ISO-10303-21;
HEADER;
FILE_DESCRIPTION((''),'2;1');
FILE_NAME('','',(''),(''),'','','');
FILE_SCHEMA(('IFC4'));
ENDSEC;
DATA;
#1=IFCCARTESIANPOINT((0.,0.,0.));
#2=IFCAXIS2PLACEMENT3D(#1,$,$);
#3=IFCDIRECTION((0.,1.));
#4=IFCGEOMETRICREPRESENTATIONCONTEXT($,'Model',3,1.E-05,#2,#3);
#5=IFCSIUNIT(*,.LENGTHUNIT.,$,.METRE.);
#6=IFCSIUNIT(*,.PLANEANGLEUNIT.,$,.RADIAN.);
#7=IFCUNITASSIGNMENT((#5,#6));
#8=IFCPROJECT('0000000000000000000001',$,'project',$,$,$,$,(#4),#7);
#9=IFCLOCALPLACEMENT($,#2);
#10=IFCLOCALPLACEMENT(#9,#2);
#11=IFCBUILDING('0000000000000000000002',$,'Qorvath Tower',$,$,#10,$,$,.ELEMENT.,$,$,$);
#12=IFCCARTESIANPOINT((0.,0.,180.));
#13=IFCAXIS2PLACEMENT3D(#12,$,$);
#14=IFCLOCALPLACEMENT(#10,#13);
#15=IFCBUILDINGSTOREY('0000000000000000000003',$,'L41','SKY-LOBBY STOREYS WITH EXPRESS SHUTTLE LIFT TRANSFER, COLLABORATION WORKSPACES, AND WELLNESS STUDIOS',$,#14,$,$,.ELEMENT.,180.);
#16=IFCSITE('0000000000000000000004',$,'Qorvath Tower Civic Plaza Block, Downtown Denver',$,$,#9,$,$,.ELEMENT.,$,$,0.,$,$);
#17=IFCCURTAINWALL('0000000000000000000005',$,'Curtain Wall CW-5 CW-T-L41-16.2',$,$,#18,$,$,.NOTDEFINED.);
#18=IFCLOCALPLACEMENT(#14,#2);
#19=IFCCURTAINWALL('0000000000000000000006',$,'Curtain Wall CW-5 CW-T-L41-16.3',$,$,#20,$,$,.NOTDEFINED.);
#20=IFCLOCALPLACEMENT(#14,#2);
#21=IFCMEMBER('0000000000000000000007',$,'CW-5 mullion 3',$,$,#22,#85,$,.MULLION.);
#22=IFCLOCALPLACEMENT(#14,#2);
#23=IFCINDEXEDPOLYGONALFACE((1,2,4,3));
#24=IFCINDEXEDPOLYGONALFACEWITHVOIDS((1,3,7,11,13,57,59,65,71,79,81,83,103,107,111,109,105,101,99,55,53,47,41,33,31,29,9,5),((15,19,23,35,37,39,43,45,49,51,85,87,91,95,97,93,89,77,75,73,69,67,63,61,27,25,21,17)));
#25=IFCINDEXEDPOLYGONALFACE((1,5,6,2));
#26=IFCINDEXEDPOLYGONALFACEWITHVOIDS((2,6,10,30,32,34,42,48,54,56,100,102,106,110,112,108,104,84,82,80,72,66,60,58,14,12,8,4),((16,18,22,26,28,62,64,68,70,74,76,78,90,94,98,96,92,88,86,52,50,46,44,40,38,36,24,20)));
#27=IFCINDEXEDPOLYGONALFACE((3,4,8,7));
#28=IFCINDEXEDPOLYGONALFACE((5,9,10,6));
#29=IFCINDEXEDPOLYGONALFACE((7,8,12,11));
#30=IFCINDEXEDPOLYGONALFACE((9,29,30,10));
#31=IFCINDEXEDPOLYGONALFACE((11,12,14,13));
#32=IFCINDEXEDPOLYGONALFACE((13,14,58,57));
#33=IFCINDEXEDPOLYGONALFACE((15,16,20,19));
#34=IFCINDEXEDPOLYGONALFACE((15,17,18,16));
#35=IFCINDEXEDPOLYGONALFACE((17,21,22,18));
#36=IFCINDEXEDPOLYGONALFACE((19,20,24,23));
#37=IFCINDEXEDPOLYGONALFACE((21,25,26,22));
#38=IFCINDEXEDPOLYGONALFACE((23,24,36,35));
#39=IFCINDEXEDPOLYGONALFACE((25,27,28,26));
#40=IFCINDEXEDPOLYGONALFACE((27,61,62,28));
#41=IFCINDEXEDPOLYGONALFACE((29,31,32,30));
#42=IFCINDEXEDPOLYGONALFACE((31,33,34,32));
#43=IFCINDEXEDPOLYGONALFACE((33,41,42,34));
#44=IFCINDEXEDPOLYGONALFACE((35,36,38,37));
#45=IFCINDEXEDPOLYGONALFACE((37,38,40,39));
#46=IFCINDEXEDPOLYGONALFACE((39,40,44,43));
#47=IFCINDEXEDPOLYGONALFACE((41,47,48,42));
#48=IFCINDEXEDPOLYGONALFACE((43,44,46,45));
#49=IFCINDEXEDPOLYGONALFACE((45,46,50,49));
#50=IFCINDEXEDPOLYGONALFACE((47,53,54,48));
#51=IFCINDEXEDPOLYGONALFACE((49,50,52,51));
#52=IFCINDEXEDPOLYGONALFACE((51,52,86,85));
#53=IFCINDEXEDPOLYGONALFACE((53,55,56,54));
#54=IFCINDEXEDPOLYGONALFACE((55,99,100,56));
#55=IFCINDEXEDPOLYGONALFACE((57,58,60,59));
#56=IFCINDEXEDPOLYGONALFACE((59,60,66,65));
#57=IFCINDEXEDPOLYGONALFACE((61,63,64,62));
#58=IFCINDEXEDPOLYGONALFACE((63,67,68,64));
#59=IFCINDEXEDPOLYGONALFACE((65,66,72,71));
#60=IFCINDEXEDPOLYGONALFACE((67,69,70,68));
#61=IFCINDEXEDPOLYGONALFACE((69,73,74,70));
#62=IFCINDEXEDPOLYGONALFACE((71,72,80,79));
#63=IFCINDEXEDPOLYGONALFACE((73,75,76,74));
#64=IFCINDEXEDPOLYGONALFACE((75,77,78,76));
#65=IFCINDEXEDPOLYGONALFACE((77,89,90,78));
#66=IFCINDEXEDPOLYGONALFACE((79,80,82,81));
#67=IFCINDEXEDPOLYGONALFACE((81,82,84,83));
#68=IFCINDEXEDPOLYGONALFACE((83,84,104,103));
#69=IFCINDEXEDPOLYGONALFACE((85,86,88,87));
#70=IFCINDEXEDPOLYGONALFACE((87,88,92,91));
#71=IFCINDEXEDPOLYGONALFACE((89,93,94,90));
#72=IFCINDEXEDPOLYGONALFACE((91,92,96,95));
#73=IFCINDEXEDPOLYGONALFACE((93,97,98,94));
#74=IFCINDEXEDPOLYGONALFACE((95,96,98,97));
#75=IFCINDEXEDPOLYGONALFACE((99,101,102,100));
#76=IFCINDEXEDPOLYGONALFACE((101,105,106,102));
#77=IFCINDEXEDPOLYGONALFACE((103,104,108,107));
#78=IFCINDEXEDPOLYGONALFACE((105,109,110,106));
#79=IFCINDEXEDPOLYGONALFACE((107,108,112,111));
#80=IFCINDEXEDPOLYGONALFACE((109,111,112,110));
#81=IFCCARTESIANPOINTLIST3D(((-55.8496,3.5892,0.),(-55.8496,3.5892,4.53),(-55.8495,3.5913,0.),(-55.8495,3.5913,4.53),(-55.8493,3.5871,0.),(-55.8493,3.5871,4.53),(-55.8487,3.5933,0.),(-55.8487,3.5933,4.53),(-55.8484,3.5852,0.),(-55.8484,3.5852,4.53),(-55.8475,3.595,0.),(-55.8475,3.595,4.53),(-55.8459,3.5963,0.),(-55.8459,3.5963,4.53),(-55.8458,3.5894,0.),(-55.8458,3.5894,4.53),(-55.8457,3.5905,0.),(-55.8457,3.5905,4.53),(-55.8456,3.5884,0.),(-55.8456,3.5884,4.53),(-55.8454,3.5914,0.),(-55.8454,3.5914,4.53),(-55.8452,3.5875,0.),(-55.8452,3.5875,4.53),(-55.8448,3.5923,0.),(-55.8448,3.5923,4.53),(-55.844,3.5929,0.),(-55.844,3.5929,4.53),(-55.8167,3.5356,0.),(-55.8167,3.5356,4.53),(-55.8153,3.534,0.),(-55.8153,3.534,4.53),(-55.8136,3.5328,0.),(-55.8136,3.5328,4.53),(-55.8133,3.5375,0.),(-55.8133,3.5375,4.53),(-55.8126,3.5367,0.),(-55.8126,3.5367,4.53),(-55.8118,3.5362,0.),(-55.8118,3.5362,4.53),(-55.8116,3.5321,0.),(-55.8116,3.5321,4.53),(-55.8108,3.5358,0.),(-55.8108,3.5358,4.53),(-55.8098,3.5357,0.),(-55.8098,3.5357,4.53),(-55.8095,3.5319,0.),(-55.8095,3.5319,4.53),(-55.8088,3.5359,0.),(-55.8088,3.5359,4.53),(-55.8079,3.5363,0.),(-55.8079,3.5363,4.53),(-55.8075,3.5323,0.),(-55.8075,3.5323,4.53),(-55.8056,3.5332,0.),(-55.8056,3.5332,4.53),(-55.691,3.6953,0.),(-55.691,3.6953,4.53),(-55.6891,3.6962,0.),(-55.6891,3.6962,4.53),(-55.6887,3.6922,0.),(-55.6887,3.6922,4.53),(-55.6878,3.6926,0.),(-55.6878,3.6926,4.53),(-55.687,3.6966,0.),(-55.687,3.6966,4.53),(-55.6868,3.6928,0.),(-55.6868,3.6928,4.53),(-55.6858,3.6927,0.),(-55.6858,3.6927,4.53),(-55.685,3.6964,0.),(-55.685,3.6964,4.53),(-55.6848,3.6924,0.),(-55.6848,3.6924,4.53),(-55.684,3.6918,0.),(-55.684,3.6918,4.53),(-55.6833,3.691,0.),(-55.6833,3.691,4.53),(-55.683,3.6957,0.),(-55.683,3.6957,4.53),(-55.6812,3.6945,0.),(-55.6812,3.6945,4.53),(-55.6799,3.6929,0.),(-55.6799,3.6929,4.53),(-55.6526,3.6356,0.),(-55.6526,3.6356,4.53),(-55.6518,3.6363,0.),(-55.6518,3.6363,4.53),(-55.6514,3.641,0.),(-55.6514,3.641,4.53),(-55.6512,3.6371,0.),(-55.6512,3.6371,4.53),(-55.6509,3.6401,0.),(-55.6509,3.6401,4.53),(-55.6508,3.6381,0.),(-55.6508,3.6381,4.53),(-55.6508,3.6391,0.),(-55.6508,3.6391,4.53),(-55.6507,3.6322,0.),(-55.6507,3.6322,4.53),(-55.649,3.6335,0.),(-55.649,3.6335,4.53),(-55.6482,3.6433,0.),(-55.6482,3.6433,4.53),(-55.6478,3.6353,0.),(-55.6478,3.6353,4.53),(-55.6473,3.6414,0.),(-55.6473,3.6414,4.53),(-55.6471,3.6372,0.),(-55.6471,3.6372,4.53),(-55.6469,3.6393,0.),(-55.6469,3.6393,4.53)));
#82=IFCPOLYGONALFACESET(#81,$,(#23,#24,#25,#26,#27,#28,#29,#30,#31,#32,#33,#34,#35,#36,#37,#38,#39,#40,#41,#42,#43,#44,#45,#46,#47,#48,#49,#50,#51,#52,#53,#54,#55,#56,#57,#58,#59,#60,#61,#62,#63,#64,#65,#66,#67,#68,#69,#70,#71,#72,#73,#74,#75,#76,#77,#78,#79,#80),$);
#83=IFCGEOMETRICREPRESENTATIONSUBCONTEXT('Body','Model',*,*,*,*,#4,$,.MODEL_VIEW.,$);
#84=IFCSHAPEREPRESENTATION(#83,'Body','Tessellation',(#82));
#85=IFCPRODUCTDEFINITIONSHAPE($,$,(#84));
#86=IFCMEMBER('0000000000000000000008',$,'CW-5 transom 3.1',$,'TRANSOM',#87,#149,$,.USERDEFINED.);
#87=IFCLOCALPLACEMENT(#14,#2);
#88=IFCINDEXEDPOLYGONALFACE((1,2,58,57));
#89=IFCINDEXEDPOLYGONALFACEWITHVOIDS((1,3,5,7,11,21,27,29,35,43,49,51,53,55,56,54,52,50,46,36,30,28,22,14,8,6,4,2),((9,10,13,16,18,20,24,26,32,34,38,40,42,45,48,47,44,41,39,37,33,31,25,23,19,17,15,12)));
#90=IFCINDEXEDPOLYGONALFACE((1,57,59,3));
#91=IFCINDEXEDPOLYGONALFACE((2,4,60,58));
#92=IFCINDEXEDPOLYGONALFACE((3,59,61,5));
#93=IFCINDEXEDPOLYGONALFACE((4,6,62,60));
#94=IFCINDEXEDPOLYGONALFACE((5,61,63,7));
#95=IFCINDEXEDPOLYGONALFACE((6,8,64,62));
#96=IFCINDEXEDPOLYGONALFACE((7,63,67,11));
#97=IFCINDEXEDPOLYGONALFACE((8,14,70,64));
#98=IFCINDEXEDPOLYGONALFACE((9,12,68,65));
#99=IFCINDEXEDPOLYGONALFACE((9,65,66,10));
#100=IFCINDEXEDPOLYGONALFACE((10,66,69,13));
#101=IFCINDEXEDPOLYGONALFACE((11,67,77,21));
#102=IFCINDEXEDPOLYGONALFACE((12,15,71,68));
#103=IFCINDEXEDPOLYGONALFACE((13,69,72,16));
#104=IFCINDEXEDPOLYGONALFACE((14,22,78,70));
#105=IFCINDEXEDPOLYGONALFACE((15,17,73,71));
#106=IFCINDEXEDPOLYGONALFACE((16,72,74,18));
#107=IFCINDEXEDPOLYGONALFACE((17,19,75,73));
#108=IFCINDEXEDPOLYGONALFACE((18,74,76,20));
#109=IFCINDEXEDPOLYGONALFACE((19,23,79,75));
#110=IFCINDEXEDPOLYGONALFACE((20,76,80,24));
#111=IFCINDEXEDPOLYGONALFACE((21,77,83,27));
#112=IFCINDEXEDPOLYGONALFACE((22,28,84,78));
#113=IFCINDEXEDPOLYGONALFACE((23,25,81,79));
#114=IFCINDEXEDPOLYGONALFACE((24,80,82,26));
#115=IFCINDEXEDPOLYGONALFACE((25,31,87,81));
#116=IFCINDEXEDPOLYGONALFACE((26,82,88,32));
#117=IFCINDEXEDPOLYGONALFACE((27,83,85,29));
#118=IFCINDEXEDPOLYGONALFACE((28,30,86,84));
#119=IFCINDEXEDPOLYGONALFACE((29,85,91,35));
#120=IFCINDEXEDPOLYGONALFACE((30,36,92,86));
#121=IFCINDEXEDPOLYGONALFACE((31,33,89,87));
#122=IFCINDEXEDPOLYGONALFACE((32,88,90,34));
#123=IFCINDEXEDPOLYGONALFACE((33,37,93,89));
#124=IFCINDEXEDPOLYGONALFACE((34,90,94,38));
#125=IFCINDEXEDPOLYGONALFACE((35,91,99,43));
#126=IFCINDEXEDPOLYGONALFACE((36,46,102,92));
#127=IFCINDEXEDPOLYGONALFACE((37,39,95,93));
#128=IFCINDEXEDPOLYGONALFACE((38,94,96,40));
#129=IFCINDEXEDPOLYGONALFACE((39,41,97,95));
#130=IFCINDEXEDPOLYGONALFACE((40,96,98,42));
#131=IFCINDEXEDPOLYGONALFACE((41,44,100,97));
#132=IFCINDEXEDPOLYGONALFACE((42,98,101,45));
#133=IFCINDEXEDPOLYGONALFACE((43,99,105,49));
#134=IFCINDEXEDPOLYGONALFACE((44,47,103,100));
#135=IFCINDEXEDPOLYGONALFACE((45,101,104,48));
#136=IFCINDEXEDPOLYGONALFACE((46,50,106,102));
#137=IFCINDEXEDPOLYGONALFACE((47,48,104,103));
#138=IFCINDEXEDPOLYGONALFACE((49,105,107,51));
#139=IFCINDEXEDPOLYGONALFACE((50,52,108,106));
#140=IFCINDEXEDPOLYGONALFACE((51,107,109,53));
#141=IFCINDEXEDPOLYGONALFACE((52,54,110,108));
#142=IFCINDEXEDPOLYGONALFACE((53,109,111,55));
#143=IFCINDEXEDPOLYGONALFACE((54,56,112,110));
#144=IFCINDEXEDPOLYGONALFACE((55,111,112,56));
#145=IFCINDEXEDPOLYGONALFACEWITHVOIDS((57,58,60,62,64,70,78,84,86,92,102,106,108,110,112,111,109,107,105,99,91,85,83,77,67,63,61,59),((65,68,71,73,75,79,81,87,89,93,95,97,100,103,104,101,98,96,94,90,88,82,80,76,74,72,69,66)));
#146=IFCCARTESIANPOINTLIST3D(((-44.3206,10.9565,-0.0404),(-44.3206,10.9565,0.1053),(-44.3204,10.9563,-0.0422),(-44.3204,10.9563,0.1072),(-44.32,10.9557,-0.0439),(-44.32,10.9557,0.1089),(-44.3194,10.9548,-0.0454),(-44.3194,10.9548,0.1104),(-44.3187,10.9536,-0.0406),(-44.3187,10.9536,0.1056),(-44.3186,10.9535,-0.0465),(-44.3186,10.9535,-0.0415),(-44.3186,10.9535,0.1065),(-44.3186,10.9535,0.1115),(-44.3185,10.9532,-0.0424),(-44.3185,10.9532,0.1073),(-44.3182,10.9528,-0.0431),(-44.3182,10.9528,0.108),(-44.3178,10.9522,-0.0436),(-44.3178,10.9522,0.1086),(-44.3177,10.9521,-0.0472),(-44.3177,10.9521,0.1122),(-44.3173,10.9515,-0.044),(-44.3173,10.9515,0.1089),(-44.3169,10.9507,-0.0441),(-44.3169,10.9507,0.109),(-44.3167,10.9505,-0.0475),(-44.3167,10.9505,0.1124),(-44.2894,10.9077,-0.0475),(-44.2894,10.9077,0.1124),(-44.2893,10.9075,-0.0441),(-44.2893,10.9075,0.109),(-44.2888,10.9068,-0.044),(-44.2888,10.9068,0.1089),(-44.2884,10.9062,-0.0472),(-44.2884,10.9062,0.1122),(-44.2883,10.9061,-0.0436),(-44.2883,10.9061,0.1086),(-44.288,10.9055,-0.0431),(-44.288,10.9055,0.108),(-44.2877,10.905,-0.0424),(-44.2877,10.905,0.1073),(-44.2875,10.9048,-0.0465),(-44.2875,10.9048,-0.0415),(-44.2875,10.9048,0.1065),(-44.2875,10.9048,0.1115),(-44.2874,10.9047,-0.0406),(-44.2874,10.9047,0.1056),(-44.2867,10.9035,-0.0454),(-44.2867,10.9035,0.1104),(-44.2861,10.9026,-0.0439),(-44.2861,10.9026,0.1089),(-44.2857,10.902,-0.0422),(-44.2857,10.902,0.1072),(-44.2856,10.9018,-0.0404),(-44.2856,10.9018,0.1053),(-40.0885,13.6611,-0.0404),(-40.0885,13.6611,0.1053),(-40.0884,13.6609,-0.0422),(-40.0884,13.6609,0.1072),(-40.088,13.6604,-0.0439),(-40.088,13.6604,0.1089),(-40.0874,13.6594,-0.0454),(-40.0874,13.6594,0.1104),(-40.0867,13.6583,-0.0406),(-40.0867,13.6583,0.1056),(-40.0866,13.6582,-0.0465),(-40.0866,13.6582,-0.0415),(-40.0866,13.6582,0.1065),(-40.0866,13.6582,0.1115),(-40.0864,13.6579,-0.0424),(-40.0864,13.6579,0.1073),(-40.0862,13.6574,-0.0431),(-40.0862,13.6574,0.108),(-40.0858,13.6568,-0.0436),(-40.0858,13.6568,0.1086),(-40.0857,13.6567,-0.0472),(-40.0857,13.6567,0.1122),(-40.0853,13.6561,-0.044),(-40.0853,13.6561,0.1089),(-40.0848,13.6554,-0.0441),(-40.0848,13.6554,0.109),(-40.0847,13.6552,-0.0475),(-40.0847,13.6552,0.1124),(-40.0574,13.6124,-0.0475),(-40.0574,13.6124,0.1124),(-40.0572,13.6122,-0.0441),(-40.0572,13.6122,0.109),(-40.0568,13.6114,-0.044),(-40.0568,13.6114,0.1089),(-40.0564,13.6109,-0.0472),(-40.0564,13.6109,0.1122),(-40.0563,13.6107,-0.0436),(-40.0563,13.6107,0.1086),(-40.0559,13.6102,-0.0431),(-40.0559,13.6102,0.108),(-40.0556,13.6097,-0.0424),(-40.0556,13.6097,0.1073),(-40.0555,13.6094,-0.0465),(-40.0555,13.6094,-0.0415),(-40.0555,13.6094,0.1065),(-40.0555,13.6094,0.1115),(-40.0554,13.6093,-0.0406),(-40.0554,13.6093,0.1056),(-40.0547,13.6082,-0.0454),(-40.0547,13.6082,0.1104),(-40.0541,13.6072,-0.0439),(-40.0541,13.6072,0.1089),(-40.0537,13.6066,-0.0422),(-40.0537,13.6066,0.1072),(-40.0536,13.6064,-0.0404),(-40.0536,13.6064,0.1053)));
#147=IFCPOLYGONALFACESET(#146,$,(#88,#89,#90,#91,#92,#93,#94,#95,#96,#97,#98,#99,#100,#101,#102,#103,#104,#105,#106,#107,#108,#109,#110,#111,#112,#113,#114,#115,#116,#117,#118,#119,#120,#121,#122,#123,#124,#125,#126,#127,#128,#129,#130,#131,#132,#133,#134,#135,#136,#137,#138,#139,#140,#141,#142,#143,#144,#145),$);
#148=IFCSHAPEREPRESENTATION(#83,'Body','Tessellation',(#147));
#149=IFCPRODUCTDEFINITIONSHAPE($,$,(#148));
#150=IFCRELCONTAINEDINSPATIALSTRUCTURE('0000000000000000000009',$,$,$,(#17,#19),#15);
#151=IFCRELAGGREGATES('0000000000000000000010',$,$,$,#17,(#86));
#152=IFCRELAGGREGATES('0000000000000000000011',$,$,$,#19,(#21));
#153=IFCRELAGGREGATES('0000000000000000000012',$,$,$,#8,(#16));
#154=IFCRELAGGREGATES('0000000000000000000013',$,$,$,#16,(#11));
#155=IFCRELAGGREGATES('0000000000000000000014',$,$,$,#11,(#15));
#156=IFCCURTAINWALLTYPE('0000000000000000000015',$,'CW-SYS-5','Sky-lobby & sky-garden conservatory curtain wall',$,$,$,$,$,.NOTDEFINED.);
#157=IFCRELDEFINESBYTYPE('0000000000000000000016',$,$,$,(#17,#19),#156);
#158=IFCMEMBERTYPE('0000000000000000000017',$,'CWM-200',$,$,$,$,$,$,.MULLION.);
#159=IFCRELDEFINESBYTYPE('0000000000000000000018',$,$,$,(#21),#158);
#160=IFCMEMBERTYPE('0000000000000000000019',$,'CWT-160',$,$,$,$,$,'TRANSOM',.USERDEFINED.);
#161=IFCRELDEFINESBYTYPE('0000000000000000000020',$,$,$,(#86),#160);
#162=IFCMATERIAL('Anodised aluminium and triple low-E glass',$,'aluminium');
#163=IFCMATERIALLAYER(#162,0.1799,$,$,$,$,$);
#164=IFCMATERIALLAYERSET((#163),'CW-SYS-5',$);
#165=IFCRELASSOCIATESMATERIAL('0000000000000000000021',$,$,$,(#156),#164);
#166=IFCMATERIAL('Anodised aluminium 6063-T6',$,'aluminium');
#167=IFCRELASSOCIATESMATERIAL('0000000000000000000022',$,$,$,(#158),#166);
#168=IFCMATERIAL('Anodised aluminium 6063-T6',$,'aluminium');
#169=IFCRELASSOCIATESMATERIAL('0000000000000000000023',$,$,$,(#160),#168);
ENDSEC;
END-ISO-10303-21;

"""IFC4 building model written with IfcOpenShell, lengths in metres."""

from ifc_helpers import new_model, si_unit, direction, frame, origin, origin_2d, place, context, subcontext, project, spatial, hollow_rectangle, extrude, material, layer, layer_set, material_profile, profile_set, type_object, element, aggregate, save


model = new_model("IFC4")

# Units and contexts
model_context = context("Model", 3, precision=1e-05, world=origin(), true_north=direction((0.0, 1.0)))
body_context = subcontext(model_context, "Body", "Model", "MODEL_VIEW")
ifc_project = project(units=[si_unit("LENGTHUNIT", "METRE"), si_unit("PLANEANGLEUNIT", "RADIAN")], contexts=[model_context])

# Site, building, storey
site_placement = place(None, origin())
site = spatial("IfcSite", under=ifc_project, at=site_placement, Name="Qorvath Tower Civic Plaza Block, Downtown Denver", CompositionType="ELEMENT", RefElevation=0.0)
building_placement = place(site_placement, origin())
building = spatial("IfcBuilding", under=site, at=building_placement, Name="Qorvath Tower", CompositionType="ELEMENT")
storey_placement = place(building_placement, frame((0.0, 0.0, 180.0)))
storey = spatial("IfcBuildingStorey", under=building, at=storey_placement, Name="L41", Description="SKY-LOBBY STOREYS WITH EXPRESS SHUTTLE LIFT TRANSFER, COLLABORATION WORKSPACES, AND WELLNESS STUDIOS", CompositionType="ELEMENT", Elevation=180.0)

# Curtain walls, member
ifc_material_1 = material(Name="Anodised aluminium and triple low-E glass", Category="aluminium")
ifc_layer_1 = layer(ifc_material_1, 0.1799)
ifc_layer_set_1 = layer_set([ifc_layer_1], Name="CW-SYS-5")
curtain_wall_type = type_object("IfcCurtainWallType", Name="CW-SYS-5", Description="Sky-lobby & sky-garden conservatory curtain wall", PredefinedType="NOTDEFINED", material=ifc_layer_set_1)
curtain_wall_1_placement = place(storey_placement, origin())
curtain_wall_1 = element("IfcCurtainWall", 1, at=curtain_wall_1_placement, inside=storey, type_object=curtain_wall_type, Name="Curtain Wall CW-5 CW-T-L41-16.2", PredefinedType="NOTDEFINED")
ifc_material_2 = material(Name="Anodised aluminium 6063-T6", Category="aluminium")
ifc_material_profile_1 = material_profile(ifc_material_2, hollow_rectangle(XDim=0.075, YDim=0.2, WallThickness=0.0039, InnerFilletRadius=0.0039, OuterFilletRadius=0.0081, at=origin_2d()), Name="CWM 200x75")
ifc_profile_set_1 = profile_set([ifc_material_profile_1], Name="Anodised aluminium 6063-T6")
member_type_1 = type_object("IfcMemberType", Name="CWM-200", PredefinedType="MULLION", material=ifc_profile_set_1)
curtain_wall_2_placement = place(storey_placement, origin())
curtain_wall_2 = element("IfcCurtainWall", 2, at=curtain_wall_2_placement, inside=storey, type_object=curtain_wall_type, Name="Curtain Wall CW-5 CW-T-L41-16.3", PredefinedType="NOTDEFINED")
member_1_placement = place(storey_placement, frame((-55.7483, 3.6143, 0.0), z_axis=(0.0, 0.0, 1.0), x_axis=(0.538533, -0.842605, 0.0)))
member_1 = element("IfcMember", 3, at=member_1_placement, type_object=member_type_1, Name="CW-5 mullion 3", PredefinedType="MULLION", context=body_context, shape_type="SweptSolid", body=[
    extrude(hollow_rectangle(XDim=0.075, YDim=0.2, WallThickness=0.0039, InnerFilletRadius=0.0039, OuterFilletRadius=0.0081, at=origin_2d()), origin(), (0.0, 0.0, 1.0), 4.53),
])

# Member
ifc_material_3 = material(Name="Anodised aluminium 6063-T6", Category="aluminium")
ifc_material_profile_2 = material_profile(ifc_material_3, hollow_rectangle(XDim=0.0649, YDim=0.1599, WallThickness=0.0034, InnerFilletRadius=0.0034, OuterFilletRadius=0.0071, at=origin_2d()), Name="CWT 160x65")
ifc_profile_set_2 = profile_set([ifc_material_profile_2], Name="Anodised aluminium 6063-T6")
member_type_2 = type_object("IfcMemberType", Name="CWT-160", ElementType="TRANSOM", PredefinedType="USERDEFINED", material=ifc_profile_set_2)
member_2_placement = place(storey_placement, frame((-40.071, 13.6338, 0.0325), z_axis=(-0.842619, -0.53851, 0.0), x_axis=(0.53851, -0.842619, 0.0)))
member_2 = element("IfcMember", 4, at=member_2_placement, type_object=member_type_2, Name="CW-5 transom 3.1", ObjectType="TRANSOM", PredefinedType="USERDEFINED", context=body_context, shape_type="SweptSolid", body=[
    extrude(hollow_rectangle(XDim=0.0649, YDim=0.1599, WallThickness=0.0034, InnerFilletRadius=0.0034, OuterFilletRadius=0.0071, at=origin_2d()), origin(), (0.0, 0.0, 1.0), 5.0225),
])

aggregate(curtain_wall_1, [member_2])
aggregate(curtain_wall_2, [member_1])

save(model, "model.ifc")
